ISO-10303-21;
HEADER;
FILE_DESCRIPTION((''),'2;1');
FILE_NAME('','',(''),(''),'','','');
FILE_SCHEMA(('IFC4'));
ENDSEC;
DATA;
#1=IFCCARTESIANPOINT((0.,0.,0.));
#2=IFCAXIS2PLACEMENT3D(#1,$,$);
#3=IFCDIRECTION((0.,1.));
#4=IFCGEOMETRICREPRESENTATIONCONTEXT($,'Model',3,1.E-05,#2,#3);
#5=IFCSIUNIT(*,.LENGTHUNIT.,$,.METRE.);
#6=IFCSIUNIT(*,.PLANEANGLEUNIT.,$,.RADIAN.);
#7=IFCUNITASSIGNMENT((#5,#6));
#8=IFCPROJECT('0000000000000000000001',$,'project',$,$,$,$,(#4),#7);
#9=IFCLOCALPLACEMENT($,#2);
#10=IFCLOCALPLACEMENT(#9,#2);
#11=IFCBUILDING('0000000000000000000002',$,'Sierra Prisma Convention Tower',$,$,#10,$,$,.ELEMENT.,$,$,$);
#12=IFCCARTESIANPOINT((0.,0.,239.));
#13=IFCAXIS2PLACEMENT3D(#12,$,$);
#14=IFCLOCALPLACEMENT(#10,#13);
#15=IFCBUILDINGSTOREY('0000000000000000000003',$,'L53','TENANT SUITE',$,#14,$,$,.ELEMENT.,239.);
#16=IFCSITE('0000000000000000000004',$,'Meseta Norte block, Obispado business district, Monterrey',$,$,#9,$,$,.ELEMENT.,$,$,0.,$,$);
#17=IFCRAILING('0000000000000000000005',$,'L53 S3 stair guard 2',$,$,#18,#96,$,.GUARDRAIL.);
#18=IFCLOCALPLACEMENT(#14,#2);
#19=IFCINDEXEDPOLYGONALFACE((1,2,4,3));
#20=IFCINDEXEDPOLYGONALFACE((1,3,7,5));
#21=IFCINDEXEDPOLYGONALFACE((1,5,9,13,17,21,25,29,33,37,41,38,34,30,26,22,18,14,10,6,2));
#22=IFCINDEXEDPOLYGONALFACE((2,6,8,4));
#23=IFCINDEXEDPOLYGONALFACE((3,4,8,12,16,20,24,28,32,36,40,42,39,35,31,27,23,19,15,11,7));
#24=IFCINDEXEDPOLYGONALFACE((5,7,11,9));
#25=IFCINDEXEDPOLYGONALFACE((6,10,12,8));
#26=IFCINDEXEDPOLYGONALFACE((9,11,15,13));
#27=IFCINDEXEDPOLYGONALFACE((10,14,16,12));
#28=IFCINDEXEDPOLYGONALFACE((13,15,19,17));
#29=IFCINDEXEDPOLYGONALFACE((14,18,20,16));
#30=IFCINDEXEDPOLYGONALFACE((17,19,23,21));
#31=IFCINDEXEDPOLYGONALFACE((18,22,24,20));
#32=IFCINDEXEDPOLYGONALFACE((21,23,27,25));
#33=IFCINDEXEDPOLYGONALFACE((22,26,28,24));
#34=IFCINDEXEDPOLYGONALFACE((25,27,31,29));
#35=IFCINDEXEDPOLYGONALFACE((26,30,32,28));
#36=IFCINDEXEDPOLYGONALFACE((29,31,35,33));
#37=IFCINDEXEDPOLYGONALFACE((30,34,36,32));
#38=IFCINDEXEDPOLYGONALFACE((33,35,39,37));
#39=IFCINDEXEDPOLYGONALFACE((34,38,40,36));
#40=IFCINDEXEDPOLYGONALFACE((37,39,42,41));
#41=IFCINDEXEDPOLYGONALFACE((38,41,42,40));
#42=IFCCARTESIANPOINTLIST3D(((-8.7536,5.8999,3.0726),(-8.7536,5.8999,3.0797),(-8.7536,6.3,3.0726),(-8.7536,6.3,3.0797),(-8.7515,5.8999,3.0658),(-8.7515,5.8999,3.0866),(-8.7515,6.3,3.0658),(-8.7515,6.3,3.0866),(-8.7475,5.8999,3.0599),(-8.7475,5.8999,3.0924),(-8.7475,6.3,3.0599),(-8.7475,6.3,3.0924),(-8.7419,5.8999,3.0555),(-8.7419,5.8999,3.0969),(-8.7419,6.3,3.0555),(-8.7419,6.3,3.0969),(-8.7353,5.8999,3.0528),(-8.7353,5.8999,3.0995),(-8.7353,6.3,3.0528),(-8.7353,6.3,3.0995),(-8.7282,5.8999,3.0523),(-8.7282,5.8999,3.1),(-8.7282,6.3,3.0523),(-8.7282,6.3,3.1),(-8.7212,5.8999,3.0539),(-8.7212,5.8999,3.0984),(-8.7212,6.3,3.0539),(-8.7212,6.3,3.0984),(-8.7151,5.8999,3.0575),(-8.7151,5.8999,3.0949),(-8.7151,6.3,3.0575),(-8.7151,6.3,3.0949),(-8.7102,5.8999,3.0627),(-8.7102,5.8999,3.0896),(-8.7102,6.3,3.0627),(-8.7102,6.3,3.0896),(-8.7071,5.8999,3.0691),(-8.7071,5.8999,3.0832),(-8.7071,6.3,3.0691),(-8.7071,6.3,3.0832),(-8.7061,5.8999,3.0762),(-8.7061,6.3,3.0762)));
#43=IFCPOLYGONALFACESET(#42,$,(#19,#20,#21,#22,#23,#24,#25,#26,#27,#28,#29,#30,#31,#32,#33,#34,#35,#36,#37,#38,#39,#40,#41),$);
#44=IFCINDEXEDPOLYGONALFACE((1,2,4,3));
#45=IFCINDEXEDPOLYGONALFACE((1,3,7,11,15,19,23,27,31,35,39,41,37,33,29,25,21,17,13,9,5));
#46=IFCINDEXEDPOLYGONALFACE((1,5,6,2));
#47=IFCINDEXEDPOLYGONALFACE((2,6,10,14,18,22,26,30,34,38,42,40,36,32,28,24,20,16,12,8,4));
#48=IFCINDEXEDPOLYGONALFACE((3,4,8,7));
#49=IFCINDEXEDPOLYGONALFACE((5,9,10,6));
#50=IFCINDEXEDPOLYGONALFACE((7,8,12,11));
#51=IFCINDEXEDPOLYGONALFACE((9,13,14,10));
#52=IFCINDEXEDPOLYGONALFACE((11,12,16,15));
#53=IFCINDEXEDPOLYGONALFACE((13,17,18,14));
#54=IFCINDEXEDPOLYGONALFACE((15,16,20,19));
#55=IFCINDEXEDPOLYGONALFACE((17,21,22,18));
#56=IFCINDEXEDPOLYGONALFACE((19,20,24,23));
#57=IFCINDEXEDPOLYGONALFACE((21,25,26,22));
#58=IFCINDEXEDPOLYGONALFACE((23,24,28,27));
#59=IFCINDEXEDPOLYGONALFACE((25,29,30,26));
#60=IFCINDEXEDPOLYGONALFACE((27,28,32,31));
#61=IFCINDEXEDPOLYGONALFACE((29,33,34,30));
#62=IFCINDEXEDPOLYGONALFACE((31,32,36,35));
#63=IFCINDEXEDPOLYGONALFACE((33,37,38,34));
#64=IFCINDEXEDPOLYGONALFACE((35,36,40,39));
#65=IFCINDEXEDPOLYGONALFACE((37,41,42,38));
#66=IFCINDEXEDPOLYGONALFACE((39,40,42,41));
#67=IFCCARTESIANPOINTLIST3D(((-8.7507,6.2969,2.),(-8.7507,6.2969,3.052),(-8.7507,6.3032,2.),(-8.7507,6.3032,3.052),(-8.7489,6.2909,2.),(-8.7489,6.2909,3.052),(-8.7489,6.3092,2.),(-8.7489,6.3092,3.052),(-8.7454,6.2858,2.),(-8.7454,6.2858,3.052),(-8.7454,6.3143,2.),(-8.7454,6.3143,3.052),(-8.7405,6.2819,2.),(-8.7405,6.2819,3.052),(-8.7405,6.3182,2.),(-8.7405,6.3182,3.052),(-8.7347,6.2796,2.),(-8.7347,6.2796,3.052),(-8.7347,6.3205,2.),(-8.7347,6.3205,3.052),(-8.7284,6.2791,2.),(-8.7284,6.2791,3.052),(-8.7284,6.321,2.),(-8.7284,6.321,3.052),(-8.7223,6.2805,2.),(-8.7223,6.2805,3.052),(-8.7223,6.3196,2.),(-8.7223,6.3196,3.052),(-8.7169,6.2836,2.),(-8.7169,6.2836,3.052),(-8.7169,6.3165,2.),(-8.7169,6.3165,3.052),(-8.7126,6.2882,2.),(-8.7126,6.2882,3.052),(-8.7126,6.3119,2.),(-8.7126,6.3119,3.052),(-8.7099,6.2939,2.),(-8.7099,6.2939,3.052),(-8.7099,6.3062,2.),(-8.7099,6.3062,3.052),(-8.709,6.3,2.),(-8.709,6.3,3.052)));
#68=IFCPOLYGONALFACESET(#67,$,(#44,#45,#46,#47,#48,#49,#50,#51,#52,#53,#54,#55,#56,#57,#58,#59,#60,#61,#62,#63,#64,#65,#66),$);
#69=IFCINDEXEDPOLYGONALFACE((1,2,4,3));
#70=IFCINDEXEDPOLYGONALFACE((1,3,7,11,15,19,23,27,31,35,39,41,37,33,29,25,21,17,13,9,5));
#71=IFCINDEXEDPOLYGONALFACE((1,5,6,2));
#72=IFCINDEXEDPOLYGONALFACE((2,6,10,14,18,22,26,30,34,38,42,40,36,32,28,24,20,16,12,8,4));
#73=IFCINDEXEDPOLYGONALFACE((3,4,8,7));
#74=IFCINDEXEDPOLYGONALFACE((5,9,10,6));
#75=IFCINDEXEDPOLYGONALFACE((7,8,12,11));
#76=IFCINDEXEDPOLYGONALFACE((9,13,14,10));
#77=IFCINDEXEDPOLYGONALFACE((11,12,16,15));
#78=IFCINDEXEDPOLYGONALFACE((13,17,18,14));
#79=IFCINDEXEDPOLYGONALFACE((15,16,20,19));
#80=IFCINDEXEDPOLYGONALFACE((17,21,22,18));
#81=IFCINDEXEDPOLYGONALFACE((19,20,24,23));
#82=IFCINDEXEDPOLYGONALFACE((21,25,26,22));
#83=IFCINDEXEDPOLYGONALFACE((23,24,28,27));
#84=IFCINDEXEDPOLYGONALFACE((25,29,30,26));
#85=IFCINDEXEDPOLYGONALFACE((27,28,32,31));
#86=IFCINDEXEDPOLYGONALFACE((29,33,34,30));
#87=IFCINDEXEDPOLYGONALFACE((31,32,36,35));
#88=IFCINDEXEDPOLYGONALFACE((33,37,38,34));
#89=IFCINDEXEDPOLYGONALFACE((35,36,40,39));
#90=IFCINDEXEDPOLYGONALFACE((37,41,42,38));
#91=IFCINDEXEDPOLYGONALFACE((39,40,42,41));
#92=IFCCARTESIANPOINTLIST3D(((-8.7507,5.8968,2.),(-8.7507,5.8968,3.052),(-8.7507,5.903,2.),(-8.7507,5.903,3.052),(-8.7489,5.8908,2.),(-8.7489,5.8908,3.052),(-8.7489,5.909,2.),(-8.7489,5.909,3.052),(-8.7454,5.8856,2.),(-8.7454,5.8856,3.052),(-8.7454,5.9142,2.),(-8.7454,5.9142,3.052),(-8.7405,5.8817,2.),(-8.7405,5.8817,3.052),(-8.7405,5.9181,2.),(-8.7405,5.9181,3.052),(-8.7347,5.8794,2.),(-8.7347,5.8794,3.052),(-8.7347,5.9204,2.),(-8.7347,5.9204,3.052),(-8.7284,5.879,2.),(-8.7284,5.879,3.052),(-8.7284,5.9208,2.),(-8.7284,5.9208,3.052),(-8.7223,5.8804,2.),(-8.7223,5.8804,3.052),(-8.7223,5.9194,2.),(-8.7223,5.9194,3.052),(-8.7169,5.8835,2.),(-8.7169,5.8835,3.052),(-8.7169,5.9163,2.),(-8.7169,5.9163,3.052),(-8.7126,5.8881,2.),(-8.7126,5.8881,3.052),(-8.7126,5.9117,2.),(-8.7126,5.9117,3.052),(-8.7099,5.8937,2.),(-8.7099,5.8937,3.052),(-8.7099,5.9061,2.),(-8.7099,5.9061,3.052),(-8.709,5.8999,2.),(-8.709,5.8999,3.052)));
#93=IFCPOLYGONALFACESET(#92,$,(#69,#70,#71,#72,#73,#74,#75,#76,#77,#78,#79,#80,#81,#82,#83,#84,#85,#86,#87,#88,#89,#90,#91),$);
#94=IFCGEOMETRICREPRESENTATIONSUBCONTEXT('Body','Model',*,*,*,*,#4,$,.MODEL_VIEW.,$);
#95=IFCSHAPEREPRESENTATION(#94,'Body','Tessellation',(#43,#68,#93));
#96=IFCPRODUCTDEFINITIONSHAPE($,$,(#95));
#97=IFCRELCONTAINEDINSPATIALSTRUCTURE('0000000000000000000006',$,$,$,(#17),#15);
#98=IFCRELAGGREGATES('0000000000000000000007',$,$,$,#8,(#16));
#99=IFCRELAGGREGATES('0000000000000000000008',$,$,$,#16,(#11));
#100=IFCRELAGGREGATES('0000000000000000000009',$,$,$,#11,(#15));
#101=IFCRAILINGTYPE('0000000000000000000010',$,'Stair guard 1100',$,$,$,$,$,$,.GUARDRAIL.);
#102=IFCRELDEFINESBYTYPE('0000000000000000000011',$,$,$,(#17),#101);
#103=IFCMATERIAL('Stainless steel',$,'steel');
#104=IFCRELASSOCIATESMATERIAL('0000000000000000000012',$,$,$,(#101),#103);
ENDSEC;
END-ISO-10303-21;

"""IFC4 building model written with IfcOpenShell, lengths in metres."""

from ifc_helpers import new_model, si_unit, direction, frame, origin, origin_2d, place, context, subcontext, project, spatial, circle, extrude, material, type_object, element, save


model = new_model("IFC4")

# Units and contexts
model_context = context("Model", 3, precision=1e-05, world=origin(), true_north=direction((0.0, 1.0)))
body_context = subcontext(model_context, "Body", "Model", "MODEL_VIEW")
ifc_project = project(units=[si_unit("LENGTHUNIT", "METRE"), si_unit("PLANEANGLEUNIT", "RADIAN")], contexts=[model_context])

# Site, building, storey
site_placement = place(None, origin())
site = spatial("IfcSite", under=ifc_project, at=site_placement, Name="Meseta Norte block, Obispado business district, Monterrey", CompositionType="ELEMENT", RefElevation=0.0)
building_placement = place(site_placement, origin())
building = spatial("IfcBuilding", under=site, at=building_placement, Name="Sierra Prisma Convention Tower", CompositionType="ELEMENT")
storey_placement = place(building_placement, frame((0.0, 0.0, 239.0)))
storey = spatial("IfcBuildingStorey", under=building, at=storey_placement, Name="L53", Description="TENANT SUITE", CompositionType="ELEMENT", Elevation=239.0)

# Railing
ifc_material_1 = material(Name="Stainless steel", Category="steel")
railing_type_1 = type_object("IfcRailingType", Name="Stair guard 1100", PredefinedType="GUARDRAIL", material=ifc_material_1)
railing_1_placement = place(storey_placement, frame((-8.73, 6.3, 2.0)))
element("IfcRailing", 1, at=railing_1_placement, inside=storey, type_object=railing_type_1, Name="L53 S3 stair guard 2", PredefinedType="GUARDRAIL", context=body_context, shape_type="SweptSolid", body=[
    extrude(circle(Radius=0.0239, at=origin_2d()), frame((0.0, 0.0, 1.0762), z_axis=(0.0, -1.0, 0.0), x_axis=(1.0, 0.0, 0.0)), (0.0, 0.0, 1.0), 0.4001),
    extrude(circle(Radius=0.021, at=origin_2d()), origin(), (0.0, 0.0, 1.0), 1.052),
    extrude(circle(Radius=0.021, at=origin_2d()), frame((0.0, -0.4001, 0.0)), (0.0, 0.0, 1.0), 1.052),
])

save(model, "model.ifc")
